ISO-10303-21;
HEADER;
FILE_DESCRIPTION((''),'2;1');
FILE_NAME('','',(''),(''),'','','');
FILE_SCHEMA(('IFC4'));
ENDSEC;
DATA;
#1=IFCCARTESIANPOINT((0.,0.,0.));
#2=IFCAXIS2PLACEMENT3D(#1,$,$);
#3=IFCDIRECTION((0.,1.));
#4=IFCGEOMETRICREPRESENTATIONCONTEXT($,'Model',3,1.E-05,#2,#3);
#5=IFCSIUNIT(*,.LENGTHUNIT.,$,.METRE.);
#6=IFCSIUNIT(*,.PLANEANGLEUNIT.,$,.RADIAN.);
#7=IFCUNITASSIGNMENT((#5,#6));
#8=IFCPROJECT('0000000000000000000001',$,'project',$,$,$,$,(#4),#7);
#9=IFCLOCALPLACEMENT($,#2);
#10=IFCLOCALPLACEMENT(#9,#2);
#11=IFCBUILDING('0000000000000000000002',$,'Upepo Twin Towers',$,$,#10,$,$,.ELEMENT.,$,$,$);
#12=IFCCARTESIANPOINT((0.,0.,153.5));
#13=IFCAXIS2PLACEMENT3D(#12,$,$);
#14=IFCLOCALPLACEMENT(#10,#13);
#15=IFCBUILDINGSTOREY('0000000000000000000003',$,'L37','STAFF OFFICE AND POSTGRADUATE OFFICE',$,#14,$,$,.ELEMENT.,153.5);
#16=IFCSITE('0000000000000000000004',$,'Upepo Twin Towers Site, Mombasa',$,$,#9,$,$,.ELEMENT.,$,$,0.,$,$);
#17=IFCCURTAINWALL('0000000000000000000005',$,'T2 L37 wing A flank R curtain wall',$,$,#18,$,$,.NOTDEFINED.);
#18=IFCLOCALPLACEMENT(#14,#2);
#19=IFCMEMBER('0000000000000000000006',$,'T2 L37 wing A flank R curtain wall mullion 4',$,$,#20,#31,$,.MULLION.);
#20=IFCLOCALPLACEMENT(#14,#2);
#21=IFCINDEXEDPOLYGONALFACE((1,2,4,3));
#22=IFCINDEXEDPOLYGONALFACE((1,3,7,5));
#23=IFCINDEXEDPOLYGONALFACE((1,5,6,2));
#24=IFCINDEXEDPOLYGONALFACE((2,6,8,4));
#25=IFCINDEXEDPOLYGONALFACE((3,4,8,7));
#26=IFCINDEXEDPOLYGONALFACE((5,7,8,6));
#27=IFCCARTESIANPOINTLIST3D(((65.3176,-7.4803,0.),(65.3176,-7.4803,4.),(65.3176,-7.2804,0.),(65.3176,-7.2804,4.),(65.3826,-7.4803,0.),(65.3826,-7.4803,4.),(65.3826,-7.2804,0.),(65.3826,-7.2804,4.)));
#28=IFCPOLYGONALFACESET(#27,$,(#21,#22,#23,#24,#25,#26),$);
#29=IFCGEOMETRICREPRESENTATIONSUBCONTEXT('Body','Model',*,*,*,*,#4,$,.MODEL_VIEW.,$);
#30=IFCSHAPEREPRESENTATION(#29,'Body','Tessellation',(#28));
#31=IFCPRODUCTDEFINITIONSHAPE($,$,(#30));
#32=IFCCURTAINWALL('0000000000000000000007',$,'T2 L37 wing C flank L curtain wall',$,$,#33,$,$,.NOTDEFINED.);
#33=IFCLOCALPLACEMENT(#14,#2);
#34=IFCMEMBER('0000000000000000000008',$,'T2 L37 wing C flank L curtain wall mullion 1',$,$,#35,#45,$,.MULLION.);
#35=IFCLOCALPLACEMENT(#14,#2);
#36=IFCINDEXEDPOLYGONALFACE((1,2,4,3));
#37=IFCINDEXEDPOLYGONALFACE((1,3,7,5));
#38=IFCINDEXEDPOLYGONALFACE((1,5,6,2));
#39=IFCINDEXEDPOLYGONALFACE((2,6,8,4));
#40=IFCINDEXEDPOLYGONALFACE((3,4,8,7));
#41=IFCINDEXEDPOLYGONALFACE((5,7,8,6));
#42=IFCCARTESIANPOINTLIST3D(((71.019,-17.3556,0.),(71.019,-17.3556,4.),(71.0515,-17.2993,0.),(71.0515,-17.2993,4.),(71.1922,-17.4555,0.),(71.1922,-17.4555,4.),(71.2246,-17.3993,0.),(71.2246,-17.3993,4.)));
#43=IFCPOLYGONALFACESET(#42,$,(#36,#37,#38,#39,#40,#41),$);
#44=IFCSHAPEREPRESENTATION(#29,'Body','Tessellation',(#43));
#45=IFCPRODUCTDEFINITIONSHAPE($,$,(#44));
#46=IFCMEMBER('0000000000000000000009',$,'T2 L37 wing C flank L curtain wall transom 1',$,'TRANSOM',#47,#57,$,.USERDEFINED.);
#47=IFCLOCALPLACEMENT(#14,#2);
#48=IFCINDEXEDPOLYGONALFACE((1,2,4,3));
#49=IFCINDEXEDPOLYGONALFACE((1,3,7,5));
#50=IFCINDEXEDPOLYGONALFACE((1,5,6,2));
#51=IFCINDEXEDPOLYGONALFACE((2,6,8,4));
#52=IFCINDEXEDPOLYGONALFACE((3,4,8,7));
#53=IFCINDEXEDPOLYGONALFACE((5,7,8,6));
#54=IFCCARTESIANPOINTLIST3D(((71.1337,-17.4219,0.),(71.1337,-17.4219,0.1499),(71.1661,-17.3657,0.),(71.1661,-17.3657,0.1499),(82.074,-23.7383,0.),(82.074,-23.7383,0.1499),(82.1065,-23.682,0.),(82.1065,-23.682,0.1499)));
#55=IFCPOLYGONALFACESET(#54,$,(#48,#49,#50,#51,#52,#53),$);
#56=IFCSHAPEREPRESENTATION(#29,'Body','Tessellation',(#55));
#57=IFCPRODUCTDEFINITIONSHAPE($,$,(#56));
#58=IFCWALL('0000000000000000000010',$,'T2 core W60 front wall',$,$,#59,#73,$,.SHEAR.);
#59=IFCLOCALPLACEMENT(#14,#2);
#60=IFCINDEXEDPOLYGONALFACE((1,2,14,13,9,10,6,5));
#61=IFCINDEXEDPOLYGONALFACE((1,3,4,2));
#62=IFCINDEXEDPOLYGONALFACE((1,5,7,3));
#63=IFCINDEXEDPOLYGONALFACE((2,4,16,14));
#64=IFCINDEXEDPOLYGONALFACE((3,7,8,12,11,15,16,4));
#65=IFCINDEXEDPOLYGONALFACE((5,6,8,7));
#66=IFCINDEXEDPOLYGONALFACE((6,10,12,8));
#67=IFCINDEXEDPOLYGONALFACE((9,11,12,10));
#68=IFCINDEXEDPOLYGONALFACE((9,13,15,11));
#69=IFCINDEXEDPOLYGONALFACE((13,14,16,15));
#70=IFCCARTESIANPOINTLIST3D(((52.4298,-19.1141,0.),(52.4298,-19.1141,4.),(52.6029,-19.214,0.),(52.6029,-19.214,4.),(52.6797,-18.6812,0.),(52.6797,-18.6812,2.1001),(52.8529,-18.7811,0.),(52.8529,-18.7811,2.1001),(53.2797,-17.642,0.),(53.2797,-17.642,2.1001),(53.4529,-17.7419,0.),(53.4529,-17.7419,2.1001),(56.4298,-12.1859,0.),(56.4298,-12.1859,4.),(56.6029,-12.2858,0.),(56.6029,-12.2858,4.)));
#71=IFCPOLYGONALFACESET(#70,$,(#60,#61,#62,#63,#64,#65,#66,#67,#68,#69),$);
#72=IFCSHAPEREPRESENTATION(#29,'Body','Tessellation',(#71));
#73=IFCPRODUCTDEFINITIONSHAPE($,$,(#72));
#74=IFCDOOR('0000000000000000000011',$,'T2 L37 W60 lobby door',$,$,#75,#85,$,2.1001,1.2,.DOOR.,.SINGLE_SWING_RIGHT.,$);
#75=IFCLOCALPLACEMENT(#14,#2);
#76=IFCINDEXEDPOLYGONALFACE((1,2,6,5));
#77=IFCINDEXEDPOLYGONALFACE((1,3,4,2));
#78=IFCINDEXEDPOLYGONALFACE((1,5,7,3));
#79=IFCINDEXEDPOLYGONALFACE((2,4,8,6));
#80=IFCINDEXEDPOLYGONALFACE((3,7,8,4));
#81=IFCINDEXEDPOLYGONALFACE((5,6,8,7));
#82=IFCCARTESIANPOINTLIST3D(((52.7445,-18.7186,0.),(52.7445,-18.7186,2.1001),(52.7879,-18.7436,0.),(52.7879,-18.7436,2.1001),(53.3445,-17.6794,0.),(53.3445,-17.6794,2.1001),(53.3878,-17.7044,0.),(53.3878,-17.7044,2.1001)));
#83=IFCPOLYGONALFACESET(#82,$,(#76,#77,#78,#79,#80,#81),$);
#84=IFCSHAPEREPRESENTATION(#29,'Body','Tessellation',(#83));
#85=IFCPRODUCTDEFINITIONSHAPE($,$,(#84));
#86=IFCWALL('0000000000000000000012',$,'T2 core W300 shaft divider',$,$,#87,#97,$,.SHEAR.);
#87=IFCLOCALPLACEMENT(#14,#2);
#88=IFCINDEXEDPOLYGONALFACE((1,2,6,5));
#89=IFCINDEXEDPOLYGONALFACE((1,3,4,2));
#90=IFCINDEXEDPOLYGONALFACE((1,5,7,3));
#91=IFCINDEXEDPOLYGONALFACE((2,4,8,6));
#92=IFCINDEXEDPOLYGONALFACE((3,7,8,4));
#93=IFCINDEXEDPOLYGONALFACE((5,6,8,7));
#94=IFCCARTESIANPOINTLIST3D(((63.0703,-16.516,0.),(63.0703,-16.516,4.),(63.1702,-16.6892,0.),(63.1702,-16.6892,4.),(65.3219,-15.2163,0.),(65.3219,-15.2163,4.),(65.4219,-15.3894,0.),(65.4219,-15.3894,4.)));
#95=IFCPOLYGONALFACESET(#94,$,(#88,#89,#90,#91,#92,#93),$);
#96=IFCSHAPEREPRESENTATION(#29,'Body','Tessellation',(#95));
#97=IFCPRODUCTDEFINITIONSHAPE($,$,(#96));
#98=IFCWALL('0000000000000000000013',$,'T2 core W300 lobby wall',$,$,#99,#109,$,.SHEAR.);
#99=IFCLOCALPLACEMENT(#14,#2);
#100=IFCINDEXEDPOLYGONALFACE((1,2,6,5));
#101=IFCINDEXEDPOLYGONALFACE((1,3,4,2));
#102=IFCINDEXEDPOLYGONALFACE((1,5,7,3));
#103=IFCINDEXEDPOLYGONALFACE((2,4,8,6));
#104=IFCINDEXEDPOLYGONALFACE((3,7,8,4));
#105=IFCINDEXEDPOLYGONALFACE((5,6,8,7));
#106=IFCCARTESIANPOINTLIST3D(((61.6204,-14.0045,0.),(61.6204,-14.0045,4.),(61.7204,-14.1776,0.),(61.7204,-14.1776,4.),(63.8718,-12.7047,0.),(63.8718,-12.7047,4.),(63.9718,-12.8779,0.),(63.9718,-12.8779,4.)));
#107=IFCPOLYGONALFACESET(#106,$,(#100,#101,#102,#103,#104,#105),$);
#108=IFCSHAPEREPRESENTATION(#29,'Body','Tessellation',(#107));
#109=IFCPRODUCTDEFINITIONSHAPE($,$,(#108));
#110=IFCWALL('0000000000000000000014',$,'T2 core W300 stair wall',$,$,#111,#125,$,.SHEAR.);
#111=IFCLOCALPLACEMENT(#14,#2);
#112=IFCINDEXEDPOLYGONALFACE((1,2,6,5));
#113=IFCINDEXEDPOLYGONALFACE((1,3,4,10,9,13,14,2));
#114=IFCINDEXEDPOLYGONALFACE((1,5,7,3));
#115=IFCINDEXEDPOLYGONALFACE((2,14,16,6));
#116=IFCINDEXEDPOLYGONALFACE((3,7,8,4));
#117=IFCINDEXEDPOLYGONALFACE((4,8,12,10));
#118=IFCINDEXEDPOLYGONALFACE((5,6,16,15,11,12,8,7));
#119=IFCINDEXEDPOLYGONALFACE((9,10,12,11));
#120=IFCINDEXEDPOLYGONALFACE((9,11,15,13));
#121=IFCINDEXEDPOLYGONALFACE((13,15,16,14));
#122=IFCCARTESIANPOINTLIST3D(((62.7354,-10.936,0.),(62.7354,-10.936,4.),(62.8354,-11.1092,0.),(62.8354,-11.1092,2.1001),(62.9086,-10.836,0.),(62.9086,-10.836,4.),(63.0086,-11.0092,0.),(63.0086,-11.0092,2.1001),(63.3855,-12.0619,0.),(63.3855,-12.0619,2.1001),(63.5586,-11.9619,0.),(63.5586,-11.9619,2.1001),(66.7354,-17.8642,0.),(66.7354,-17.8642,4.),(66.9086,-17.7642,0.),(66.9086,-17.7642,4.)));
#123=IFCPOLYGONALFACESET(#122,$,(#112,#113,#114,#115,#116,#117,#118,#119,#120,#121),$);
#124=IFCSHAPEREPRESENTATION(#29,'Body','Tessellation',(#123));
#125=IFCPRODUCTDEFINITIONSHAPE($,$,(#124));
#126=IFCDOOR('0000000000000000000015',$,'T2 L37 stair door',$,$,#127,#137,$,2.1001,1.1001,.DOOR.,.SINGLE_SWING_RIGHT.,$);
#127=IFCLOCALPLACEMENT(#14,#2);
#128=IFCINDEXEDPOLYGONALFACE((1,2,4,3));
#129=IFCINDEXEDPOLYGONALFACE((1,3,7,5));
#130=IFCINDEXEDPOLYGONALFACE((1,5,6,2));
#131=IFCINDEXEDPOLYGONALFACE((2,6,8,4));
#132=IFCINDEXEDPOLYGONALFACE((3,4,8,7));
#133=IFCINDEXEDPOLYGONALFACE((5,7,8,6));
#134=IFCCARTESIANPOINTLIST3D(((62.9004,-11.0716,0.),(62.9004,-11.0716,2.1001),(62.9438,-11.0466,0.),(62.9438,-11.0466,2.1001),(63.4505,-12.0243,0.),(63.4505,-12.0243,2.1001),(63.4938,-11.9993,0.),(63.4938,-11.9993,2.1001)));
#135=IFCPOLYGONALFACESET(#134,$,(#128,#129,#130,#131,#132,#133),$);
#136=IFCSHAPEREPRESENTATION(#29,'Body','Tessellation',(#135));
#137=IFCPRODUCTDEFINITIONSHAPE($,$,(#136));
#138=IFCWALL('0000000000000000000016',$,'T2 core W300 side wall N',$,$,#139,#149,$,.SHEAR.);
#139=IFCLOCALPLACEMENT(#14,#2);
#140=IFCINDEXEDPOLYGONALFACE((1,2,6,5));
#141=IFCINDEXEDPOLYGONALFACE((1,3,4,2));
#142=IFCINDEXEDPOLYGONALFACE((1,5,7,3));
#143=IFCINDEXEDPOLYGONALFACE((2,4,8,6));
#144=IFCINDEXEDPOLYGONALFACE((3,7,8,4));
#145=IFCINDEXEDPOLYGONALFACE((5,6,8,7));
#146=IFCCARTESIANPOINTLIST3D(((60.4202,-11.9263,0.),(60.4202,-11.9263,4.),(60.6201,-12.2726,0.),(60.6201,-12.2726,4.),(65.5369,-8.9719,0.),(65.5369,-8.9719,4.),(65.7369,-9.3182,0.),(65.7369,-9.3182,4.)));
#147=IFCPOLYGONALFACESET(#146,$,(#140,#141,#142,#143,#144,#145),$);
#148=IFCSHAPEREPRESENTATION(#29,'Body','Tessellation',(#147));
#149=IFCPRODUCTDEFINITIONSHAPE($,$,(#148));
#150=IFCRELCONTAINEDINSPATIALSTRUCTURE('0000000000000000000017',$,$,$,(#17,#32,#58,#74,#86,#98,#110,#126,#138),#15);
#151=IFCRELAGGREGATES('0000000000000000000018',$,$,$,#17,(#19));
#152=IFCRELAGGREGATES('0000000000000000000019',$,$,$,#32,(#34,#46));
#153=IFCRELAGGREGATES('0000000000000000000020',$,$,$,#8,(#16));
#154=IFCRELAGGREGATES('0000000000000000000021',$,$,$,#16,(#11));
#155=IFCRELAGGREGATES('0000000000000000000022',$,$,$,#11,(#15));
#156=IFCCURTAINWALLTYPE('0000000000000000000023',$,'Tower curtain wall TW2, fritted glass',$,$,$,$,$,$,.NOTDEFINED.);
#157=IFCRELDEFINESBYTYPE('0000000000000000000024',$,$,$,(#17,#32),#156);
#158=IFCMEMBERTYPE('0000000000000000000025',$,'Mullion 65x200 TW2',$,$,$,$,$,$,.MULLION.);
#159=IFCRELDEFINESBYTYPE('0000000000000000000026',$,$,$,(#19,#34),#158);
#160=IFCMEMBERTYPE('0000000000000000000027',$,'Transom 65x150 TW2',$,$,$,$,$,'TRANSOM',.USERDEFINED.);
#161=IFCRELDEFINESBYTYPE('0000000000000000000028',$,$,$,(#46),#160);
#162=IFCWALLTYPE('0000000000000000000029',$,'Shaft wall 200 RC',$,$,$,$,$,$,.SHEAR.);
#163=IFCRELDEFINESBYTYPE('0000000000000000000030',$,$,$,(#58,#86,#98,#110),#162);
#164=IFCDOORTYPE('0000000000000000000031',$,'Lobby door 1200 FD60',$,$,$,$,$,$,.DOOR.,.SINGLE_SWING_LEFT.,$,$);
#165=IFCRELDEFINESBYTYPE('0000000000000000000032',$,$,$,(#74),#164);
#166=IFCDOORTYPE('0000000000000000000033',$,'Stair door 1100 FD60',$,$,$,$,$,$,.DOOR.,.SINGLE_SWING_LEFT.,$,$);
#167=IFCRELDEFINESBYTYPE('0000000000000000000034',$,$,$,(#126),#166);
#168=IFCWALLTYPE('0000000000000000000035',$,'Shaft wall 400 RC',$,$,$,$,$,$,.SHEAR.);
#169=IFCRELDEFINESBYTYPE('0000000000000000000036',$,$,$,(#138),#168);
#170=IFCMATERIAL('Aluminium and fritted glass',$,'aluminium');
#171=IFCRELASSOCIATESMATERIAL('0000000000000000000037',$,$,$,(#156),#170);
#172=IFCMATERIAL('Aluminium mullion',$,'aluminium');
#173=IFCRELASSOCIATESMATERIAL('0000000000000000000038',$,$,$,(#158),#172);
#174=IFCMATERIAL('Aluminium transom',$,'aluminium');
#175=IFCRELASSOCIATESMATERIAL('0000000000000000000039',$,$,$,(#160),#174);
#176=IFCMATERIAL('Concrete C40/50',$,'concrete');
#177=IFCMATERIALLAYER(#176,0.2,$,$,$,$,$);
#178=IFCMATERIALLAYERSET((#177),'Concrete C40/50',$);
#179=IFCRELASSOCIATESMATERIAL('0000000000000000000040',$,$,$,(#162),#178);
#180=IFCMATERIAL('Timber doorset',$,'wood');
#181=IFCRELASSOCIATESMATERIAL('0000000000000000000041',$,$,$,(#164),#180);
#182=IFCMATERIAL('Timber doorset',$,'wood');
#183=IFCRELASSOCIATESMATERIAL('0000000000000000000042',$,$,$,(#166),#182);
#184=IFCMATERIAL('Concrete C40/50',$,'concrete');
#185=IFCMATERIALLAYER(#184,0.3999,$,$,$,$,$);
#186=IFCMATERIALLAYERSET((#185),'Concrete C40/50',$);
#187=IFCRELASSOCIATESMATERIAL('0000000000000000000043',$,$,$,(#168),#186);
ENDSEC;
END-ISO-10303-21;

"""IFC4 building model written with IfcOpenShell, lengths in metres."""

from ifc_helpers import new_model, si_unit, direction, frame, frame_2d, origin, origin_2d, place, context, subcontext, project, spatial, rectangle, extrude, material, layer, layer_set, material_profile, profile_set, type_object, element, fill, aggregate, save


model = new_model("IFC4")

# Units and contexts
model_context = context("Model", 3, precision=1e-05, world=origin(), true_north=direction((0.0, 1.0)))
body_context = subcontext(model_context, "Body", "Model", "MODEL_VIEW")
ifc_project = project(units=[si_unit("LENGTHUNIT", "METRE"), si_unit("PLANEANGLEUNIT", "RADIAN")], contexts=[model_context])

# Site, building, storey
site_placement = place(None, origin())
site = spatial("IfcSite", under=ifc_project, at=site_placement, Name="Upepo Twin Towers Site, Mombasa", CompositionType="ELEMENT", RefElevation=0.0)
building_placement = place(site_placement, origin())
building = spatial("IfcBuilding", under=site, at=building_placement, Name="Upepo Twin Towers", CompositionType="ELEMENT")
storey_placement = place(building_placement, frame((0.0, 0.0, 153.5)))
storey = spatial("IfcBuildingStorey", under=building, at=storey_placement, Name="L37", Description="STAFF OFFICE AND POSTGRADUATE OFFICE", CompositionType="ELEMENT", Elevation=153.5)

# Curtain wall, member
ifc_material_1 = material(Name="Aluminium and fritted glass", Category="aluminium")
curtain_wall_type = type_object("IfcCurtainWallType", Name="Tower curtain wall TW2, fritted glass", PredefinedType="NOTDEFINED", material=ifc_material_1)
curtain_wall_1_placement = place(storey_placement, origin())
curtain_wall_1 = element("IfcCurtainWall", 1, at=curtain_wall_1_placement, inside=storey, type_object=curtain_wall_type, Name="T2 L37 wing A flank R curtain wall", PredefinedType="NOTDEFINED")
ifc_material_2 = material(Name="Aluminium mullion", Category="aluminium")
ifc_material_profile_1 = material_profile(ifc_material_2, rectangle(XDim=0.0649, YDim=0.2, at=origin_2d()), Name="MULLION 65x200")
ifc_profile_set_1 = profile_set([ifc_material_profile_1], Name="Aluminium mullion")
member_type_1 = type_object("IfcMemberType", Name="Mullion 65x200 TW2", PredefinedType="MULLION", material=ifc_profile_set_1)
member_1_placement = place(storey_placement, frame((65.3501, -7.3804, 0.0), z_axis=(0.0, 0.0, 1.0), x_axis=(1.0, 0.0, 0.0)))
member_1 = element("IfcMember", 2, at=member_1_placement, type_object=member_type_1, Name="T2 L37 wing A flank R curtain wall mullion 4", PredefinedType="MULLION", context=body_context, shape_type="SweptSolid", body=[
    extrude(rectangle(XDim=0.0649, YDim=0.2, at=origin_2d()), origin(), (0.0, 0.0, 1.0), 4.0),
])
aggregate(curtain_wall_1, [member_1])

# Curtain wall, members
curtain_wall_2_placement = place(storey_placement, origin())
curtain_wall_2 = element("IfcCurtainWall", 3, at=curtain_wall_2_placement, inside=storey, type_object=curtain_wall_type, Name="T2 L37 wing C flank L curtain wall", PredefinedType="NOTDEFINED")
member_2_placement = place(storey_placement, frame((71.1218, -17.3774, 0.0), z_axis=(0.0, 0.0, 1.0), x_axis=(0.5, 0.866025, 0.0)))
member_2 = element("IfcMember", 4, at=member_2_placement, type_object=member_type_1, Name="T2 L37 wing C flank L curtain wall mullion 1", PredefinedType="MULLION", context=body_context, shape_type="SweptSolid", body=[
    extrude(rectangle(XDim=0.0649, YDim=0.2, at=origin_2d()), origin(), (0.0, 0.0, 1.0), 4.0),
])
ifc_material_3 = material(Name="Aluminium transom", Category="aluminium")
ifc_material_profile_2 = material_profile(ifc_material_3, rectangle(XDim=0.0649, YDim=0.1499, at=origin_2d()), Name="TRANSOM 65x150")
ifc_profile_set_2 = profile_set([ifc_material_profile_2], Name="Aluminium transom")
member_type_2 = type_object("IfcMemberType", Name="Transom 65x150 TW2", ElementType="TRANSOM", PredefinedType="USERDEFINED", material=ifc_profile_set_2)
member_3_placement = place(storey_placement, frame((71.1499, -17.3938, 0.075), z_axis=(0.866027, -0.499997, 0.0), x_axis=(0.499997, 0.866027, 0.0)))
member_3 = element("IfcMember", 5, at=member_3_placement, type_object=member_type_2, Name="T2 L37 wing C flank L curtain wall transom 1", ObjectType="TRANSOM", PredefinedType="USERDEFINED", context=body_context, shape_type="SweptSolid", body=[
    extrude(rectangle(XDim=0.0649, YDim=0.1499, at=origin_2d()), origin(), (0.0, 0.0, 1.0), 12.6328),
])
aggregate(curtain_wall_2, [member_2, member_3])

# Wall, opening, door
ifc_material_4 = material(Name="Concrete C40/50", Category="concrete")
ifc_layer_1 = layer(ifc_material_4, 0.2)
ifc_layer_set_1 = layer_set([ifc_layer_1], Name="Concrete C40/50")
wall_type_1 = type_object("IfcWallType", Name="Shaft wall 200 RC", PredefinedType="SHEAR", material=ifc_layer_set_1)
wall_1_placement = place(storey_placement, frame((56.5164, -12.2358, 0.0), z_axis=(0.0, 0.0, 1.0), x_axis=(-0.499999, -0.866026, 0.0)))
wall_1 = element("IfcWall", 6, at=wall_1_placement, inside=storey, type_object=wall_type_1, Name="T2 core W60 front wall", PredefinedType="SHEAR", context=body_context, shape_type="SweptSolid", body=[
    extrude(rectangle(XDim=8.0, YDim=0.2, at=frame_2d((4.0, 0.0))), origin(), (0.0, 0.0, 1.0), 4.0),
])
opening_1_placement = place(wall_1_placement, frame((6.3, 0.0, 0.0)))
opening_1 = element("IfcOpeningElement", 7, at=opening_1_placement, cuts=wall_1, PredefinedType="OPENING", context=body_context, shape_type="SweptSolid", body=[
    extrude(rectangle(XDim=1.2, YDim=2.1001, at=frame_2d((0.6001, 1.05))), frame((0.0, 0.1099, 0.0), z_axis=(0.0, -1.0, 0.0), x_axis=(1.0, 0.0, 0.0)), (0.0, 0.0, 1.0), 0.22),
])
ifc_material_5 = material(Name="Timber doorset", Category="wood")
door_type_1 = type_object("IfcDoorType", Name="Lobby door 1200 FD60", OperationType="SINGLE_SWING_LEFT", PredefinedType="DOOR", material=ifc_material_5)
door_1_placement = place(opening_1_placement, origin())
door_1 = element("IfcDoor", 8, at=door_1_placement, inside=storey, type_object=door_type_1, Name="T2 L37 W60 lobby door", OperationType="SINGLE_SWING_RIGHT", OverallHeight=2.1001, OverallWidth=1.2, PredefinedType="DOOR", context=body_context, shape_type="SweptSolid", body=[
    extrude(rectangle(XDim=1.2, YDim=2.1001, at=frame_2d((0.6001, 1.05))), frame((0.0, 0.0249, 0.0), z_axis=(0.0, -1.0, 0.0), x_axis=(1.0, 0.0, 0.0)), (0.0, 0.0, 1.0), 0.05),
])
fill(opening_1, door_1)

# Walls
wall_2_placement = place(storey_placement, frame((63.1204, -16.6025, 0.0), z_axis=(0.0, 0.0, 1.0), x_axis=(0.866062, 0.499937, 0.0)))
element("IfcWall", 9, at=wall_2_placement, inside=storey, type_object=wall_type_1, Name="T2 core W300 shaft divider", PredefinedType="SHEAR", context=body_context, shape_type="SweptSolid", body=[
    extrude(rectangle(XDim=2.5999, YDim=0.2, at=frame_2d((1.2998, 0.0))), origin(), (0.0, 0.0, 1.0), 4.0),
])
wall_3_placement = place(storey_placement, frame((61.6704, -14.0911, 0.0), z_axis=(0.0, 0.0, 1.0), x_axis=(0.866039, 0.499977, 0.0)))
element("IfcWall", 10, at=wall_3_placement, inside=storey, type_object=wall_type_1, Name="T2 core W300 lobby wall", PredefinedType="SHEAR", context=body_context, shape_type="SweptSolid", body=[
    extrude(rectangle(XDim=2.5996, YDim=0.2, at=frame_2d((1.2998, 0.0))), origin(), (0.0, 0.0, 1.0), 4.0),
])

# Wall, opening, door
wall_4_placement = place(storey_placement, frame((66.822, -17.8142, 0.0), z_axis=(0.0, 0.0, 1.0), x_axis=(-0.499999, 0.866026, 0.0)))
wall_4 = element("IfcWall", 11, at=wall_4_placement, inside=storey, type_object=wall_type_1, Name="T2 core W300 stair wall", PredefinedType="SHEAR", context=body_context, shape_type="SweptSolid", body=[
    extrude(rectangle(XDim=8.0, YDim=0.2, at=frame_2d((4.0, 0.0))), origin(), (0.0, 0.0, 1.0), 4.0),
])
opening_2_placement = place(wall_4_placement, frame((6.7, 0.0, 0.0)))
opening_2 = element("IfcOpeningElement", 12, at=opening_2_placement, cuts=wall_4, PredefinedType="OPENING", context=body_context, shape_type="SweptSolid", body=[
    extrude(rectangle(XDim=1.1001, YDim=2.1001, at=frame_2d((0.55, 1.05))), frame((0.0, 0.1099, 0.0), z_axis=(0.0, -1.0, 0.0), x_axis=(1.0, 0.0, 0.0)), (0.0, 0.0, 1.0), 0.22),
])
ifc_material_6 = material(Name="Timber doorset", Category="wood")
door_type_2 = type_object("IfcDoorType", Name="Stair door 1100 FD60", OperationType="SINGLE_SWING_LEFT", PredefinedType="DOOR", material=ifc_material_6)
door_2_placement = place(opening_2_placement, origin())
door_2 = element("IfcDoor", 13, at=door_2_placement, inside=storey, type_object=door_type_2, Name="T2 L37 stair door", OperationType="SINGLE_SWING_RIGHT", OverallHeight=2.1001, OverallWidth=1.1001, PredefinedType="DOOR", context=body_context, shape_type="SweptSolid", body=[
    extrude(rectangle(XDim=1.1001, YDim=2.1001, at=frame_2d((0.55, 1.05))), frame((0.0, 0.0249, 0.0), z_axis=(0.0, -1.0, 0.0), x_axis=(1.0, 0.0, 0.0)), (0.0, 0.0, 1.0), 0.05),
])
fill(opening_2, door_2)

# Wall
ifc_material_7 = material(Name="Concrete C40/50", Category="concrete")
ifc_layer_2 = layer(ifc_material_7, 0.3999)
ifc_layer_set_2 = layer_set([ifc_layer_2], Name="Concrete C40/50")
wall_type_2 = type_object("IfcWallType", Name="Shaft wall 400 RC", PredefinedType="SHEAR", material=ifc_layer_set_2)
wall_5_placement = place(storey_placement, frame((60.5203, -12.0994, 0.0), z_axis=(0.0, 0.0, 1.0), x_axis=(0.866009, 0.500028, 0.0)))
element("IfcWall", 14, at=wall_5_placement, inside=storey, type_object=wall_type_2, Name="T2 core W300 side wall N", PredefinedType="SHEAR", context=body_context, shape_type="SweptSolid", body=[
    extrude(rectangle(XDim=5.9084, YDim=0.3999, at=frame_2d((2.9541, 0.0))), origin(), (0.0, 0.0, 1.0), 4.0),
])

save(model, "model.ifc")
